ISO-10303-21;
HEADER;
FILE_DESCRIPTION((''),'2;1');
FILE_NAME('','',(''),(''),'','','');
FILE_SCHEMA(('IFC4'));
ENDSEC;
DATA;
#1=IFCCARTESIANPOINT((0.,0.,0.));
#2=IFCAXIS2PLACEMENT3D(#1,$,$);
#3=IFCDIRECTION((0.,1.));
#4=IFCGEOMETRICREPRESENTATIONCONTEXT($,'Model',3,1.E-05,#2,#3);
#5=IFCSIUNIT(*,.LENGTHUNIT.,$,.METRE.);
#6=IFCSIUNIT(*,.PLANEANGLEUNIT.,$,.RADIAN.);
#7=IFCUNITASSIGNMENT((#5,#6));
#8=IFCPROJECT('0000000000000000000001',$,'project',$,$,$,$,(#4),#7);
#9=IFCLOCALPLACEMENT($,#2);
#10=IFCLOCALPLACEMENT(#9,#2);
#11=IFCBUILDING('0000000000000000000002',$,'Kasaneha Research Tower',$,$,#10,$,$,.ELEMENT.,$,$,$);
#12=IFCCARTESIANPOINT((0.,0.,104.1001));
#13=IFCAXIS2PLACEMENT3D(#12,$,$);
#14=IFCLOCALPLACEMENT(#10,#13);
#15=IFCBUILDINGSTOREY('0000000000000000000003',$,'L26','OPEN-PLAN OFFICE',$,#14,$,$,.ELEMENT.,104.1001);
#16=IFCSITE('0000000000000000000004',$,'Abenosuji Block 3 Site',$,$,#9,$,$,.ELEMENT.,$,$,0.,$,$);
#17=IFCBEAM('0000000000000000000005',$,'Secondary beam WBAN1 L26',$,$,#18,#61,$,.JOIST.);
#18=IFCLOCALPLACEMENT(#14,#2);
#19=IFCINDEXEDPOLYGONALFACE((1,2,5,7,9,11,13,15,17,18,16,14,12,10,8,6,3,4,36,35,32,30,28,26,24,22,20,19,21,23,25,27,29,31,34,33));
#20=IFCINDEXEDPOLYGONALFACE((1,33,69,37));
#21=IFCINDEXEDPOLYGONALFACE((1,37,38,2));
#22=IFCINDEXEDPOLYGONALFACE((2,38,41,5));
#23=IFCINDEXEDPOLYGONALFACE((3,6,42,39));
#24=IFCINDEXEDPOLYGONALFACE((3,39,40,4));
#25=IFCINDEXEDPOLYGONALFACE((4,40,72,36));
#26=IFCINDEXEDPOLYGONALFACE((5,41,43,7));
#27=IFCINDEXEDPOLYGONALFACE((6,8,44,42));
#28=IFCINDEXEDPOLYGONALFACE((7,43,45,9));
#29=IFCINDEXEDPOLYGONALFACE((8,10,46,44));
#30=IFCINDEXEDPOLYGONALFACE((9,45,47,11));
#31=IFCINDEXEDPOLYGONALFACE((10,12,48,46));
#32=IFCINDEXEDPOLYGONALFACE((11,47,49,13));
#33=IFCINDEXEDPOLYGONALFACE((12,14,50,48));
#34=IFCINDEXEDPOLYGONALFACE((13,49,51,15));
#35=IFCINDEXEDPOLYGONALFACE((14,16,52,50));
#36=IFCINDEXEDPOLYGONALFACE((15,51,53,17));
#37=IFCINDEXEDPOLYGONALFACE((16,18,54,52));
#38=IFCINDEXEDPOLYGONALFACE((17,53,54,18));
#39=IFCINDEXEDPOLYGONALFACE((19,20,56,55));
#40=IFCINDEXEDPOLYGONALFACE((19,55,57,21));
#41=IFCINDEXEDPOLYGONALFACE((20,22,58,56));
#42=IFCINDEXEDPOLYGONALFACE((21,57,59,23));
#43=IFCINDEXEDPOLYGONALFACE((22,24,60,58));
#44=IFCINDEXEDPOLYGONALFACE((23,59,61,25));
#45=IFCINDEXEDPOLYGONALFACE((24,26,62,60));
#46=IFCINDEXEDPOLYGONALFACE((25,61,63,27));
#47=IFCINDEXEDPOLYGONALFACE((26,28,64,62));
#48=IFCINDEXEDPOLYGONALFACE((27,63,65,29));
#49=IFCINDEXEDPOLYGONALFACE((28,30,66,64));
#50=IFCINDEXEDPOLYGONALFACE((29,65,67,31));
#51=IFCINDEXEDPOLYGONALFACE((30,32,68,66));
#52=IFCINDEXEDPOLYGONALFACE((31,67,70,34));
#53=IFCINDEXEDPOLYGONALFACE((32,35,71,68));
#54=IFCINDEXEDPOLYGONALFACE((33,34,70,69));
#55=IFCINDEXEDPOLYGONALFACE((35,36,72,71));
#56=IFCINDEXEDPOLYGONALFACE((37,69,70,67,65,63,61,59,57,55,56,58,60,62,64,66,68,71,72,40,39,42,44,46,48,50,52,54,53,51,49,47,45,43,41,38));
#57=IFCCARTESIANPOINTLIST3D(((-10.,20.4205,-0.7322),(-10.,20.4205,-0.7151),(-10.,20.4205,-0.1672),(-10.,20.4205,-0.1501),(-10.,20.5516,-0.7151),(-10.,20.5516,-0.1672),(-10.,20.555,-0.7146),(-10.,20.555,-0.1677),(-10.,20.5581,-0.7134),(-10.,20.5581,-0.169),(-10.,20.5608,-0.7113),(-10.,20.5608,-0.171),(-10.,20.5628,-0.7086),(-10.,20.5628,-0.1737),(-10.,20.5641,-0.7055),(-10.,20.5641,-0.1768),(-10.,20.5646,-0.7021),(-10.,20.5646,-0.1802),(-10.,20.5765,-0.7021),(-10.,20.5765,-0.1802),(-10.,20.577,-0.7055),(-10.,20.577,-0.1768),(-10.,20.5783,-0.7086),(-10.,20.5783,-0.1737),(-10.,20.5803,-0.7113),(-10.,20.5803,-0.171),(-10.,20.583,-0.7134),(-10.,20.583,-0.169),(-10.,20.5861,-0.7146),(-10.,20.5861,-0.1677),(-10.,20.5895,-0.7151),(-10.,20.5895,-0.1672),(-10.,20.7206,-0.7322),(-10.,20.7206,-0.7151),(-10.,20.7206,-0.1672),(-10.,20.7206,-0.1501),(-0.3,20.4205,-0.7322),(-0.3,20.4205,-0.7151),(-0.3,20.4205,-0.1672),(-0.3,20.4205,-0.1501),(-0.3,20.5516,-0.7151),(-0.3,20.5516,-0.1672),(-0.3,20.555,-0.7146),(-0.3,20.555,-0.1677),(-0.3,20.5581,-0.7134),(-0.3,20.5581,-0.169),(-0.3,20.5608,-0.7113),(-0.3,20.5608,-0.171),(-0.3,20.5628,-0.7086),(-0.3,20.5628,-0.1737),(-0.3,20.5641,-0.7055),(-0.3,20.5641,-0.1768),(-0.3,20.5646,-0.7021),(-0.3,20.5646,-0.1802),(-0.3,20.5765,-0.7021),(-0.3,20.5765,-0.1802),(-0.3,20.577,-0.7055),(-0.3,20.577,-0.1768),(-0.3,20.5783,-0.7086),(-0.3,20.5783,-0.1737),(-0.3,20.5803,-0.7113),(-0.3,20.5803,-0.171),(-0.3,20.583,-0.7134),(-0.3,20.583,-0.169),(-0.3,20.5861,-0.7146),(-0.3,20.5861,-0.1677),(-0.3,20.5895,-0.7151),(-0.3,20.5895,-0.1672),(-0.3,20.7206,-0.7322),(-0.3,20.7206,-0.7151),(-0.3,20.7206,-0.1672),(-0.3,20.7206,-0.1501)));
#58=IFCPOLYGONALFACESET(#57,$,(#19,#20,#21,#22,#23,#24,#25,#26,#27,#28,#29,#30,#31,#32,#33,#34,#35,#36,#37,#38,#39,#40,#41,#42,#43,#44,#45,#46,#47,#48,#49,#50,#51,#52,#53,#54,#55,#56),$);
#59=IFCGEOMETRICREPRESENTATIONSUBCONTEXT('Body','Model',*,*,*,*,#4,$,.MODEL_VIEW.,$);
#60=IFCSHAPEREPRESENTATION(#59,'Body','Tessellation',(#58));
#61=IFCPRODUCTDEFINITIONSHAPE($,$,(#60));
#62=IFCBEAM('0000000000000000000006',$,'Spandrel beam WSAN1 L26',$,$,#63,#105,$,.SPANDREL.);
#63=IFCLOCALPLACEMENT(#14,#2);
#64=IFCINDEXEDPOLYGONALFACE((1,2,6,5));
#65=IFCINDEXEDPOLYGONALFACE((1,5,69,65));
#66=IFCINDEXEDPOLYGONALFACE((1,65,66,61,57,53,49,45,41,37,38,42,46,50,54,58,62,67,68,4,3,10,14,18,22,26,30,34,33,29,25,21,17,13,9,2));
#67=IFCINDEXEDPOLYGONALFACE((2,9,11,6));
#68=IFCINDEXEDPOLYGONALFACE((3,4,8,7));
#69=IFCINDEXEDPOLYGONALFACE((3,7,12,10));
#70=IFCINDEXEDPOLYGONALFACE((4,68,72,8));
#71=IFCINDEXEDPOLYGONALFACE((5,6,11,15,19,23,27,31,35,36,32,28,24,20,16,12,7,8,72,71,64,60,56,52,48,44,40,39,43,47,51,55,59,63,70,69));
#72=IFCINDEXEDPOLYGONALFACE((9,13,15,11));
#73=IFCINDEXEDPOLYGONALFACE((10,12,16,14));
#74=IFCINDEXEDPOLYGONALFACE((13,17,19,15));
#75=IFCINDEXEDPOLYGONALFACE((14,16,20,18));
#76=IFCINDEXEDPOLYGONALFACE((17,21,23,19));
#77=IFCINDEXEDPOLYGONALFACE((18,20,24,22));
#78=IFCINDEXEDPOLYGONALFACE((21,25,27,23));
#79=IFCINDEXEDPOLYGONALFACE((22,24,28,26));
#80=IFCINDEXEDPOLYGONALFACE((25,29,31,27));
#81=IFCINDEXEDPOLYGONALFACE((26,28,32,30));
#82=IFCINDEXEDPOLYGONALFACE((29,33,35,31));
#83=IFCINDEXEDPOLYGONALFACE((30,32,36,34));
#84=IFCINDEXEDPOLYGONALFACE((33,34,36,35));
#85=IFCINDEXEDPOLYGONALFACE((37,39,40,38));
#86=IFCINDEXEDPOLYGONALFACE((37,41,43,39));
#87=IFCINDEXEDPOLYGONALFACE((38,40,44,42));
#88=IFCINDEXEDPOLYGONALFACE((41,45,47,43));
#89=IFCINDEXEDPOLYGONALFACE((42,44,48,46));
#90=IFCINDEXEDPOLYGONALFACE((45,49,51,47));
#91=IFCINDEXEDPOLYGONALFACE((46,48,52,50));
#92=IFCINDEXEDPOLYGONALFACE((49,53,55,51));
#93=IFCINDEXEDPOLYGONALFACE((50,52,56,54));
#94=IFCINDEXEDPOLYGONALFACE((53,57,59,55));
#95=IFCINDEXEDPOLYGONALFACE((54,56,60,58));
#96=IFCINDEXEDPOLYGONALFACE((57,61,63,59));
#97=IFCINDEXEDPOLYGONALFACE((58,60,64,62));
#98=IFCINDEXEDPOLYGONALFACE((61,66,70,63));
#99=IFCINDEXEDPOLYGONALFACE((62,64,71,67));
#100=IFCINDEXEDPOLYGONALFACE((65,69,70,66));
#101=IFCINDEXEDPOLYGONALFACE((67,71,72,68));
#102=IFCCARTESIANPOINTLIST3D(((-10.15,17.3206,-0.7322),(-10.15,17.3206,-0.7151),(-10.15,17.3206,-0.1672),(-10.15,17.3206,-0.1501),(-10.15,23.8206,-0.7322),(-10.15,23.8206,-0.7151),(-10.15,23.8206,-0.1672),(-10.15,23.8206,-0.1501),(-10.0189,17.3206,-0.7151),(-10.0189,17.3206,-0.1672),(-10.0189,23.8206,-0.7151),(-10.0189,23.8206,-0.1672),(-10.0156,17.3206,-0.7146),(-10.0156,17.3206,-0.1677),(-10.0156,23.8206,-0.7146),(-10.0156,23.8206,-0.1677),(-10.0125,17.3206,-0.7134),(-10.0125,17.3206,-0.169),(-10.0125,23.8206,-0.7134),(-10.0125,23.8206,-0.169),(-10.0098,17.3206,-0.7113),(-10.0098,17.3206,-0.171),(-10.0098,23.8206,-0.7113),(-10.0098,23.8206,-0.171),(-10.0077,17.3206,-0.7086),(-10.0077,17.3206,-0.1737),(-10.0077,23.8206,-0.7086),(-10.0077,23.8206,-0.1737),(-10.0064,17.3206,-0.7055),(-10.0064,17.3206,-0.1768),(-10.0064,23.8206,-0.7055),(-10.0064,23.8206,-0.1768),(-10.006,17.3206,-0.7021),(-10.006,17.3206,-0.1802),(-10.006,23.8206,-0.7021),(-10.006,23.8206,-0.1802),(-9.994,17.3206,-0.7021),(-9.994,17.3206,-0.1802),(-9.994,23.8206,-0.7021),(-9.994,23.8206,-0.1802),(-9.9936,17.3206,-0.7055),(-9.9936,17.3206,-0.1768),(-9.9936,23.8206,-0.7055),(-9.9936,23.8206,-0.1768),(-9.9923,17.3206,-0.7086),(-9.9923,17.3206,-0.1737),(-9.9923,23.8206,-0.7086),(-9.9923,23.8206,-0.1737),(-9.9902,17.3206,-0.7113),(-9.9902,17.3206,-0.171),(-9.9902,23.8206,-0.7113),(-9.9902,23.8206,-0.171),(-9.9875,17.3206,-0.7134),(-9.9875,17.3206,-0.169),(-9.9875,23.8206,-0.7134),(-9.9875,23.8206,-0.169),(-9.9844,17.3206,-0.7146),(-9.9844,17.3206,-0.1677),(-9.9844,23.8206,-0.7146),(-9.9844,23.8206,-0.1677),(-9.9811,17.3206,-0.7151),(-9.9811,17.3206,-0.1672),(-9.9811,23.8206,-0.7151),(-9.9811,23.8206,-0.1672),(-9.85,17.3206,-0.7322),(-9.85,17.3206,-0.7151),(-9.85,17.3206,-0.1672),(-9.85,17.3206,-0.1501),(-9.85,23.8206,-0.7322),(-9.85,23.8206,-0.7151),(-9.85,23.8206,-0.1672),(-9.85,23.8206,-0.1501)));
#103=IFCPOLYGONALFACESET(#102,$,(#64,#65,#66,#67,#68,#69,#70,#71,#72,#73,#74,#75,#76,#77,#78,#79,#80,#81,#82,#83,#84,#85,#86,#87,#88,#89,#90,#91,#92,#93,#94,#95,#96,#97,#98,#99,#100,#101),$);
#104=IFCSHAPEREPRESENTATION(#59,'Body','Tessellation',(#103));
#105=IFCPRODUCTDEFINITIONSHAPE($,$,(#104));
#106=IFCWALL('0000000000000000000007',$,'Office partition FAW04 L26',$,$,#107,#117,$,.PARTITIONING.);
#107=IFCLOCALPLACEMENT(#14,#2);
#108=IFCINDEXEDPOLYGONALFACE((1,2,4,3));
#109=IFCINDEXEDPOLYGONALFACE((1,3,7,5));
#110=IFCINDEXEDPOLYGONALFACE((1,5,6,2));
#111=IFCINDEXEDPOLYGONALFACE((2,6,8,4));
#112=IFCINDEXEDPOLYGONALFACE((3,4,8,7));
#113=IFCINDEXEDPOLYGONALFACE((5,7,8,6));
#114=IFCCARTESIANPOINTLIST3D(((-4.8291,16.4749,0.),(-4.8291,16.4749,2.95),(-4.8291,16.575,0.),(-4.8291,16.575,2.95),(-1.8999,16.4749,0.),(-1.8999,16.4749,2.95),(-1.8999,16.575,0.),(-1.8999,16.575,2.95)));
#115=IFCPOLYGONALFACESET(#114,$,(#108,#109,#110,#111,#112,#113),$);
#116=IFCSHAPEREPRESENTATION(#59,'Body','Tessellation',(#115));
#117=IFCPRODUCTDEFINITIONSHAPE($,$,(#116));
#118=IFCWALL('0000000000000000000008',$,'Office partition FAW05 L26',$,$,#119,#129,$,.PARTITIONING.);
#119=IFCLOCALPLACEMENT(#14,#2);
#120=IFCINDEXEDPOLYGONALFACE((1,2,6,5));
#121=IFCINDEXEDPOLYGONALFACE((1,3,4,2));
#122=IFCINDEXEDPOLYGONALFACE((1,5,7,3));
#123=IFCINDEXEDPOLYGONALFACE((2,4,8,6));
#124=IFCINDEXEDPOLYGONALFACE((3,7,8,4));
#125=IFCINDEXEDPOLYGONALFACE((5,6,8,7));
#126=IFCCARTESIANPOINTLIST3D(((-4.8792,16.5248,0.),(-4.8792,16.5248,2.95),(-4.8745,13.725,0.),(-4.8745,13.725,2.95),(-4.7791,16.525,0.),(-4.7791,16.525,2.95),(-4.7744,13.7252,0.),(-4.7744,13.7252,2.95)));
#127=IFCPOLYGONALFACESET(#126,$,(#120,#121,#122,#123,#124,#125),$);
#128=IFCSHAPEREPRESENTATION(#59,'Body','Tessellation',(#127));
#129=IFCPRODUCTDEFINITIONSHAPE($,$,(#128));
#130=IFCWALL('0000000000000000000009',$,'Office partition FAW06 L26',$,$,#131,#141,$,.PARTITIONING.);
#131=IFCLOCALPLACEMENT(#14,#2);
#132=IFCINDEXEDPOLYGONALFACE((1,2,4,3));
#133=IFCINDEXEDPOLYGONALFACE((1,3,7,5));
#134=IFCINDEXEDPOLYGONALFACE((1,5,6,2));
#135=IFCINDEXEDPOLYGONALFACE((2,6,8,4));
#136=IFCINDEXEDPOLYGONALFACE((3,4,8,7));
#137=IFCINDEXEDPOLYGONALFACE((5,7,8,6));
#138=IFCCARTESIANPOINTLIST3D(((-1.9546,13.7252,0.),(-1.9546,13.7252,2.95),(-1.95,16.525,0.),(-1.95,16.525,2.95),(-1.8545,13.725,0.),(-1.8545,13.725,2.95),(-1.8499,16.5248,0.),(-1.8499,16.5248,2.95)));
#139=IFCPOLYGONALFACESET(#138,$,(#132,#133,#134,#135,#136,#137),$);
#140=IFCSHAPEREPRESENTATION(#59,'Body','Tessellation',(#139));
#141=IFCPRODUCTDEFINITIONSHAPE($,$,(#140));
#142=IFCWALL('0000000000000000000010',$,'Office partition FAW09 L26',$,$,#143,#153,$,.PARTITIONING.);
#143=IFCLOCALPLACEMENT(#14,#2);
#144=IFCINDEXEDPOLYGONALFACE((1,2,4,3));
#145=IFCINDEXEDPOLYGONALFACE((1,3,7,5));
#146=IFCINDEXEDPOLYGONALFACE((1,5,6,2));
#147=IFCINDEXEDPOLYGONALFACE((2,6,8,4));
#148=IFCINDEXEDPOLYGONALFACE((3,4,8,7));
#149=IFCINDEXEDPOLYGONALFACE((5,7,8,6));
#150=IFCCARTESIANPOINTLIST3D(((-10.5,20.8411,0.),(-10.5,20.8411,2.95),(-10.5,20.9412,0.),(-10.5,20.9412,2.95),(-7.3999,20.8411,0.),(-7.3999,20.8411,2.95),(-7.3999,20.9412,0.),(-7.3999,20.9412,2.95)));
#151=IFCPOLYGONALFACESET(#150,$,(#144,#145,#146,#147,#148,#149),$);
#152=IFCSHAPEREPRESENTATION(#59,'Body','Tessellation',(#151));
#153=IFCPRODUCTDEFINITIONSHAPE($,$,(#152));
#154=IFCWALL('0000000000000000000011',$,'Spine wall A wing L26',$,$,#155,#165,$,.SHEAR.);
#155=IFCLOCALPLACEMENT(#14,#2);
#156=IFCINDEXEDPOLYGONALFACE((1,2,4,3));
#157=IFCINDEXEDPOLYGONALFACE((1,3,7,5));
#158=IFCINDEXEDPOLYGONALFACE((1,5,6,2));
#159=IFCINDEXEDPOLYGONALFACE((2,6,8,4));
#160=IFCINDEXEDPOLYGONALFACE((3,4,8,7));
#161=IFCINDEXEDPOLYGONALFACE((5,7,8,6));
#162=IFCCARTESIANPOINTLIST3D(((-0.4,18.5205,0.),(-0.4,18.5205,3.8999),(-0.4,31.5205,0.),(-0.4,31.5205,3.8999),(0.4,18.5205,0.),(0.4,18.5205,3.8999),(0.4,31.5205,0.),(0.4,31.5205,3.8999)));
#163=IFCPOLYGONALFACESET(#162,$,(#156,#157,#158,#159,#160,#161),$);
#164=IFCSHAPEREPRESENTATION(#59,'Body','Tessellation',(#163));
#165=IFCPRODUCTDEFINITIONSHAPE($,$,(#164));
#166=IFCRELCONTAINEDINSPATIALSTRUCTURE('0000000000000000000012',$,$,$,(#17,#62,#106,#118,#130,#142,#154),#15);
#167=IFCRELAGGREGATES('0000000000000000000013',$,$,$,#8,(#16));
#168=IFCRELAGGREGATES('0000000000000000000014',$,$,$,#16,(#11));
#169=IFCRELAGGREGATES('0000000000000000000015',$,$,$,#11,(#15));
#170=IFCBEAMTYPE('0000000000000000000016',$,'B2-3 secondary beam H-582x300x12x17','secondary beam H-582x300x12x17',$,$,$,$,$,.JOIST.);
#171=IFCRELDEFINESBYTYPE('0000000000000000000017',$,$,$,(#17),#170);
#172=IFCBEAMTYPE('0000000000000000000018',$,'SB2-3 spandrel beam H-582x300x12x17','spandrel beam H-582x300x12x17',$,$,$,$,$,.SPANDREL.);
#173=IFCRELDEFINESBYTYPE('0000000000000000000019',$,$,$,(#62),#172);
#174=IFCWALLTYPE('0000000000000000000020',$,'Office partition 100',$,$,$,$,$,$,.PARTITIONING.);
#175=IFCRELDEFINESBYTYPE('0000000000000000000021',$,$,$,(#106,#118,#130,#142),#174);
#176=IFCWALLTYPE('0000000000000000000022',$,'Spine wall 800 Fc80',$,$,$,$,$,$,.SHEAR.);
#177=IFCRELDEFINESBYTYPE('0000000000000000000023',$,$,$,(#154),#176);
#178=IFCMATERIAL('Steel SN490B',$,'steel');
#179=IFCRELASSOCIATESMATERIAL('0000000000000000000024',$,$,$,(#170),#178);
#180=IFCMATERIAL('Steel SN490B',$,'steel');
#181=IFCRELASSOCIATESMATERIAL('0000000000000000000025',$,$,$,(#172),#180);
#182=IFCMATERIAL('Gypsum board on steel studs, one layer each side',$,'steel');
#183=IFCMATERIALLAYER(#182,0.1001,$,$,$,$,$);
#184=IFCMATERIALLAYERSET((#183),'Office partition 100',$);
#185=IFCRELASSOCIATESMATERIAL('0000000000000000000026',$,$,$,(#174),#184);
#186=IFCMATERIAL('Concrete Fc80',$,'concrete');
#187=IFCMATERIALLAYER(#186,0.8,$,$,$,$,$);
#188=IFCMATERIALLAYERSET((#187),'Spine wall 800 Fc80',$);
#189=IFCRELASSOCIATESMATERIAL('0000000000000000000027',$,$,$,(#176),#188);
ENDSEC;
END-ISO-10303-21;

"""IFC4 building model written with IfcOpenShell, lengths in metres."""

from ifc_helpers import new_model, si_unit, direction, frame, frame_2d, origin, origin_2d, place, context, subcontext, project, spatial, rectangle, i_section, extrude, material, layer, layer_set, material_profile, profile_set, type_object, element, save


model = new_model("IFC4")

# Units and contexts
model_context = context("Model", 3, precision=1e-05, world=origin(), true_north=direction((0.0, 1.0)))
body_context = subcontext(model_context, "Body", "Model", "MODEL_VIEW")
ifc_project = project(units=[si_unit("LENGTHUNIT", "METRE"), si_unit("PLANEANGLEUNIT", "RADIAN")], contexts=[model_context])

# Site, building, storey
site_placement = place(None, origin())
site = spatial("IfcSite", under=ifc_project, at=site_placement, Name="Abenosuji Block 3 Site", CompositionType="ELEMENT", RefElevation=0.0)
building_placement = place(site_placement, origin())
building = spatial("IfcBuilding", under=site, at=building_placement, Name="Kasaneha Research Tower", CompositionType="ELEMENT")
storey_placement = place(building_placement, frame((0.0, 0.0, 104.1001)))
storey = spatial("IfcBuildingStorey", under=building, at=storey_placement, Name="L26", Description="OPEN-PLAN OFFICE", CompositionType="ELEMENT", Elevation=104.1001)

# Beams
ifc_material_1 = material(Name="Steel SN490B", Category="steel")
ifc_material_profile_1 = material_profile(ifc_material_1, i_section(OverallWidth=0.3, OverallDepth=0.582, WebThickness=0.012, FlangeThickness=0.0171, FilletRadius=0.0129, at=origin_2d()), Name="H-582x300x12x17")
ifc_profile_set_1 = profile_set([ifc_material_profile_1], Name="Steel SN490B")
beam_type_1 = type_object("IfcBeamType", Name="B2-3 secondary beam H-582x300x12x17", Description="secondary beam H-582x300x12x17", PredefinedType="JOIST", material=ifc_profile_set_1)
beam_1_placement = place(storey_placement, frame((-10.0, 20.5706, -0.4412), z_axis=(1.0, 0.0, 0.0), x_axis=(0.0, 1.0, 0.0)))
element("IfcBeam", 1, at=beam_1_placement, inside=storey, type_object=beam_type_1, Name="Secondary beam WBAN1 L26", PredefinedType="JOIST", context=body_context, shape_type="SweptSolid", body=[
    extrude(i_section(OverallWidth=0.3, OverallDepth=0.582, WebThickness=0.012, FlangeThickness=0.0171, FilletRadius=0.0129, at=origin_2d()), origin(), (0.0, 0.0, 1.0), 9.7),
])
ifc_material_2 = material(Name="Steel SN490B", Category="steel")
ifc_material_profile_2 = material_profile(ifc_material_2, i_section(OverallWidth=0.3, OverallDepth=0.582, WebThickness=0.012, FlangeThickness=0.0171, FilletRadius=0.0129, at=origin_2d()), Name="H-582x300x12x17")
ifc_profile_set_2 = profile_set([ifc_material_profile_2], Name="Steel SN490B")
beam_type_2 = type_object("IfcBeamType", Name="SB2-3 spandrel beam H-582x300x12x17", Description="spandrel beam H-582x300x12x17", PredefinedType="SPANDREL", material=ifc_profile_set_2)
beam_2_placement = place(storey_placement, frame((-10.0, 17.3206, -0.4412), z_axis=(0.0, 1.0, 0.0), x_axis=(-1.0, 0.0, 0.0)))
element("IfcBeam", 2, at=beam_2_placement, inside=storey, type_object=beam_type_2, Name="Spandrel beam WSAN1 L26", PredefinedType="SPANDREL", context=body_context, shape_type="SweptSolid", body=[
    extrude(i_section(OverallWidth=0.3, OverallDepth=0.582, WebThickness=0.012, FlangeThickness=0.0171, FilletRadius=0.0129, at=origin_2d()), origin(), (0.0, 0.0, 1.0), 6.5),
])

# Walls
ifc_material_3 = material(Name="Gypsum board on steel studs, one layer each side", Category="steel")
ifc_layer_1 = layer(ifc_material_3, 0.1001)
ifc_layer_set_1 = layer_set([ifc_layer_1], Name="Office partition 100")
wall_type_1 = type_object("IfcWallType", Name="Office partition 100", PredefinedType="PARTITIONING", material=ifc_layer_set_1)
wall_1_placement = place(storey_placement, frame((-4.8291, 16.5249, 0.0), z_axis=(0.0, 0.0, 1.0), x_axis=(1.0, 0.0, 0.0)))
element("IfcWall", 3, at=wall_1_placement, inside=storey, type_object=wall_type_1, Name="Office partition FAW04 L26", PredefinedType="PARTITIONING", context=body_context, shape_type="SweptSolid", body=[
    extrude(rectangle(XDim=2.9292, YDim=0.1001, at=frame_2d((1.4646, 0.0))), origin(), (0.0, 0.0, 1.0), 2.95),
])
for number, where, z_axis, x_axis, name in (
    (4, (-4.8245, 13.7251, 0.0), (0.0, 0.0, 1.0), (-0.001657, 0.999999, 0.0), "Office partition FAW05 L26"),
    (5, (-1.8999, 16.5249, 0.0), (0.0, 0.0, 1.0), (-0.001657, -0.999999, 0.0), "Office partition FAW06 L26"),
):
    element("IfcWall", number, at=place(storey_placement, frame(where, z_axis=z_axis, x_axis=x_axis)), inside=storey, type_object=wall_type_1, Name=name, PredefinedType="PARTITIONING", context=body_context, shape_type="SweptSolid", body=[
        extrude(rectangle(XDim=2.7998, YDim=0.1001, at=frame_2d((1.3999, 0.0))), origin(), (0.0, 0.0, 1.0), 2.95),
    ])
wall_2_placement = place(storey_placement, frame((-7.3999, 20.8911, 0.0), z_axis=(0.0, 0.0, 1.0), x_axis=(-1.0, 0.0, 0.0)))
element("IfcWall", 6, at=wall_2_placement, inside=storey, type_object=wall_type_1, Name="Office partition FAW09 L26", PredefinedType="PARTITIONING", context=body_context, shape_type="SweptSolid", body=[
    extrude(rectangle(XDim=3.1001, YDim=0.1001, at=frame_2d((1.55, 0.0))), origin(), (0.0, 0.0, 1.0), 2.95),
])
ifc_material_4 = material(Name="Concrete Fc80", Category="concrete")
ifc_layer_2 = layer(ifc_material_4, 0.8)
ifc_layer_set_2 = layer_set([ifc_layer_2], Name="Spine wall 800 Fc80")
wall_type_2 = type_object("IfcWallType", Name="Spine wall 800 Fc80", PredefinedType="SHEAR", material=ifc_layer_set_2)
wall_3_placement = place(storey_placement, frame((0.0, 18.5205, 0.0), z_axis=(0.0, 0.0, 1.0), x_axis=(0.0, 1.0, 0.0)))
element("IfcWall", 7, at=wall_3_placement, inside=storey, type_object=wall_type_2, Name="Spine wall A wing L26", PredefinedType="SHEAR", context=body_context, shape_type="SweptSolid", body=[
    extrude(rectangle(XDim=13.0, YDim=0.8, at=frame_2d((6.5, 0.0))), origin(), (0.0, 0.0, 1.0), 3.8999),
])

save(model, "model.ifc")
